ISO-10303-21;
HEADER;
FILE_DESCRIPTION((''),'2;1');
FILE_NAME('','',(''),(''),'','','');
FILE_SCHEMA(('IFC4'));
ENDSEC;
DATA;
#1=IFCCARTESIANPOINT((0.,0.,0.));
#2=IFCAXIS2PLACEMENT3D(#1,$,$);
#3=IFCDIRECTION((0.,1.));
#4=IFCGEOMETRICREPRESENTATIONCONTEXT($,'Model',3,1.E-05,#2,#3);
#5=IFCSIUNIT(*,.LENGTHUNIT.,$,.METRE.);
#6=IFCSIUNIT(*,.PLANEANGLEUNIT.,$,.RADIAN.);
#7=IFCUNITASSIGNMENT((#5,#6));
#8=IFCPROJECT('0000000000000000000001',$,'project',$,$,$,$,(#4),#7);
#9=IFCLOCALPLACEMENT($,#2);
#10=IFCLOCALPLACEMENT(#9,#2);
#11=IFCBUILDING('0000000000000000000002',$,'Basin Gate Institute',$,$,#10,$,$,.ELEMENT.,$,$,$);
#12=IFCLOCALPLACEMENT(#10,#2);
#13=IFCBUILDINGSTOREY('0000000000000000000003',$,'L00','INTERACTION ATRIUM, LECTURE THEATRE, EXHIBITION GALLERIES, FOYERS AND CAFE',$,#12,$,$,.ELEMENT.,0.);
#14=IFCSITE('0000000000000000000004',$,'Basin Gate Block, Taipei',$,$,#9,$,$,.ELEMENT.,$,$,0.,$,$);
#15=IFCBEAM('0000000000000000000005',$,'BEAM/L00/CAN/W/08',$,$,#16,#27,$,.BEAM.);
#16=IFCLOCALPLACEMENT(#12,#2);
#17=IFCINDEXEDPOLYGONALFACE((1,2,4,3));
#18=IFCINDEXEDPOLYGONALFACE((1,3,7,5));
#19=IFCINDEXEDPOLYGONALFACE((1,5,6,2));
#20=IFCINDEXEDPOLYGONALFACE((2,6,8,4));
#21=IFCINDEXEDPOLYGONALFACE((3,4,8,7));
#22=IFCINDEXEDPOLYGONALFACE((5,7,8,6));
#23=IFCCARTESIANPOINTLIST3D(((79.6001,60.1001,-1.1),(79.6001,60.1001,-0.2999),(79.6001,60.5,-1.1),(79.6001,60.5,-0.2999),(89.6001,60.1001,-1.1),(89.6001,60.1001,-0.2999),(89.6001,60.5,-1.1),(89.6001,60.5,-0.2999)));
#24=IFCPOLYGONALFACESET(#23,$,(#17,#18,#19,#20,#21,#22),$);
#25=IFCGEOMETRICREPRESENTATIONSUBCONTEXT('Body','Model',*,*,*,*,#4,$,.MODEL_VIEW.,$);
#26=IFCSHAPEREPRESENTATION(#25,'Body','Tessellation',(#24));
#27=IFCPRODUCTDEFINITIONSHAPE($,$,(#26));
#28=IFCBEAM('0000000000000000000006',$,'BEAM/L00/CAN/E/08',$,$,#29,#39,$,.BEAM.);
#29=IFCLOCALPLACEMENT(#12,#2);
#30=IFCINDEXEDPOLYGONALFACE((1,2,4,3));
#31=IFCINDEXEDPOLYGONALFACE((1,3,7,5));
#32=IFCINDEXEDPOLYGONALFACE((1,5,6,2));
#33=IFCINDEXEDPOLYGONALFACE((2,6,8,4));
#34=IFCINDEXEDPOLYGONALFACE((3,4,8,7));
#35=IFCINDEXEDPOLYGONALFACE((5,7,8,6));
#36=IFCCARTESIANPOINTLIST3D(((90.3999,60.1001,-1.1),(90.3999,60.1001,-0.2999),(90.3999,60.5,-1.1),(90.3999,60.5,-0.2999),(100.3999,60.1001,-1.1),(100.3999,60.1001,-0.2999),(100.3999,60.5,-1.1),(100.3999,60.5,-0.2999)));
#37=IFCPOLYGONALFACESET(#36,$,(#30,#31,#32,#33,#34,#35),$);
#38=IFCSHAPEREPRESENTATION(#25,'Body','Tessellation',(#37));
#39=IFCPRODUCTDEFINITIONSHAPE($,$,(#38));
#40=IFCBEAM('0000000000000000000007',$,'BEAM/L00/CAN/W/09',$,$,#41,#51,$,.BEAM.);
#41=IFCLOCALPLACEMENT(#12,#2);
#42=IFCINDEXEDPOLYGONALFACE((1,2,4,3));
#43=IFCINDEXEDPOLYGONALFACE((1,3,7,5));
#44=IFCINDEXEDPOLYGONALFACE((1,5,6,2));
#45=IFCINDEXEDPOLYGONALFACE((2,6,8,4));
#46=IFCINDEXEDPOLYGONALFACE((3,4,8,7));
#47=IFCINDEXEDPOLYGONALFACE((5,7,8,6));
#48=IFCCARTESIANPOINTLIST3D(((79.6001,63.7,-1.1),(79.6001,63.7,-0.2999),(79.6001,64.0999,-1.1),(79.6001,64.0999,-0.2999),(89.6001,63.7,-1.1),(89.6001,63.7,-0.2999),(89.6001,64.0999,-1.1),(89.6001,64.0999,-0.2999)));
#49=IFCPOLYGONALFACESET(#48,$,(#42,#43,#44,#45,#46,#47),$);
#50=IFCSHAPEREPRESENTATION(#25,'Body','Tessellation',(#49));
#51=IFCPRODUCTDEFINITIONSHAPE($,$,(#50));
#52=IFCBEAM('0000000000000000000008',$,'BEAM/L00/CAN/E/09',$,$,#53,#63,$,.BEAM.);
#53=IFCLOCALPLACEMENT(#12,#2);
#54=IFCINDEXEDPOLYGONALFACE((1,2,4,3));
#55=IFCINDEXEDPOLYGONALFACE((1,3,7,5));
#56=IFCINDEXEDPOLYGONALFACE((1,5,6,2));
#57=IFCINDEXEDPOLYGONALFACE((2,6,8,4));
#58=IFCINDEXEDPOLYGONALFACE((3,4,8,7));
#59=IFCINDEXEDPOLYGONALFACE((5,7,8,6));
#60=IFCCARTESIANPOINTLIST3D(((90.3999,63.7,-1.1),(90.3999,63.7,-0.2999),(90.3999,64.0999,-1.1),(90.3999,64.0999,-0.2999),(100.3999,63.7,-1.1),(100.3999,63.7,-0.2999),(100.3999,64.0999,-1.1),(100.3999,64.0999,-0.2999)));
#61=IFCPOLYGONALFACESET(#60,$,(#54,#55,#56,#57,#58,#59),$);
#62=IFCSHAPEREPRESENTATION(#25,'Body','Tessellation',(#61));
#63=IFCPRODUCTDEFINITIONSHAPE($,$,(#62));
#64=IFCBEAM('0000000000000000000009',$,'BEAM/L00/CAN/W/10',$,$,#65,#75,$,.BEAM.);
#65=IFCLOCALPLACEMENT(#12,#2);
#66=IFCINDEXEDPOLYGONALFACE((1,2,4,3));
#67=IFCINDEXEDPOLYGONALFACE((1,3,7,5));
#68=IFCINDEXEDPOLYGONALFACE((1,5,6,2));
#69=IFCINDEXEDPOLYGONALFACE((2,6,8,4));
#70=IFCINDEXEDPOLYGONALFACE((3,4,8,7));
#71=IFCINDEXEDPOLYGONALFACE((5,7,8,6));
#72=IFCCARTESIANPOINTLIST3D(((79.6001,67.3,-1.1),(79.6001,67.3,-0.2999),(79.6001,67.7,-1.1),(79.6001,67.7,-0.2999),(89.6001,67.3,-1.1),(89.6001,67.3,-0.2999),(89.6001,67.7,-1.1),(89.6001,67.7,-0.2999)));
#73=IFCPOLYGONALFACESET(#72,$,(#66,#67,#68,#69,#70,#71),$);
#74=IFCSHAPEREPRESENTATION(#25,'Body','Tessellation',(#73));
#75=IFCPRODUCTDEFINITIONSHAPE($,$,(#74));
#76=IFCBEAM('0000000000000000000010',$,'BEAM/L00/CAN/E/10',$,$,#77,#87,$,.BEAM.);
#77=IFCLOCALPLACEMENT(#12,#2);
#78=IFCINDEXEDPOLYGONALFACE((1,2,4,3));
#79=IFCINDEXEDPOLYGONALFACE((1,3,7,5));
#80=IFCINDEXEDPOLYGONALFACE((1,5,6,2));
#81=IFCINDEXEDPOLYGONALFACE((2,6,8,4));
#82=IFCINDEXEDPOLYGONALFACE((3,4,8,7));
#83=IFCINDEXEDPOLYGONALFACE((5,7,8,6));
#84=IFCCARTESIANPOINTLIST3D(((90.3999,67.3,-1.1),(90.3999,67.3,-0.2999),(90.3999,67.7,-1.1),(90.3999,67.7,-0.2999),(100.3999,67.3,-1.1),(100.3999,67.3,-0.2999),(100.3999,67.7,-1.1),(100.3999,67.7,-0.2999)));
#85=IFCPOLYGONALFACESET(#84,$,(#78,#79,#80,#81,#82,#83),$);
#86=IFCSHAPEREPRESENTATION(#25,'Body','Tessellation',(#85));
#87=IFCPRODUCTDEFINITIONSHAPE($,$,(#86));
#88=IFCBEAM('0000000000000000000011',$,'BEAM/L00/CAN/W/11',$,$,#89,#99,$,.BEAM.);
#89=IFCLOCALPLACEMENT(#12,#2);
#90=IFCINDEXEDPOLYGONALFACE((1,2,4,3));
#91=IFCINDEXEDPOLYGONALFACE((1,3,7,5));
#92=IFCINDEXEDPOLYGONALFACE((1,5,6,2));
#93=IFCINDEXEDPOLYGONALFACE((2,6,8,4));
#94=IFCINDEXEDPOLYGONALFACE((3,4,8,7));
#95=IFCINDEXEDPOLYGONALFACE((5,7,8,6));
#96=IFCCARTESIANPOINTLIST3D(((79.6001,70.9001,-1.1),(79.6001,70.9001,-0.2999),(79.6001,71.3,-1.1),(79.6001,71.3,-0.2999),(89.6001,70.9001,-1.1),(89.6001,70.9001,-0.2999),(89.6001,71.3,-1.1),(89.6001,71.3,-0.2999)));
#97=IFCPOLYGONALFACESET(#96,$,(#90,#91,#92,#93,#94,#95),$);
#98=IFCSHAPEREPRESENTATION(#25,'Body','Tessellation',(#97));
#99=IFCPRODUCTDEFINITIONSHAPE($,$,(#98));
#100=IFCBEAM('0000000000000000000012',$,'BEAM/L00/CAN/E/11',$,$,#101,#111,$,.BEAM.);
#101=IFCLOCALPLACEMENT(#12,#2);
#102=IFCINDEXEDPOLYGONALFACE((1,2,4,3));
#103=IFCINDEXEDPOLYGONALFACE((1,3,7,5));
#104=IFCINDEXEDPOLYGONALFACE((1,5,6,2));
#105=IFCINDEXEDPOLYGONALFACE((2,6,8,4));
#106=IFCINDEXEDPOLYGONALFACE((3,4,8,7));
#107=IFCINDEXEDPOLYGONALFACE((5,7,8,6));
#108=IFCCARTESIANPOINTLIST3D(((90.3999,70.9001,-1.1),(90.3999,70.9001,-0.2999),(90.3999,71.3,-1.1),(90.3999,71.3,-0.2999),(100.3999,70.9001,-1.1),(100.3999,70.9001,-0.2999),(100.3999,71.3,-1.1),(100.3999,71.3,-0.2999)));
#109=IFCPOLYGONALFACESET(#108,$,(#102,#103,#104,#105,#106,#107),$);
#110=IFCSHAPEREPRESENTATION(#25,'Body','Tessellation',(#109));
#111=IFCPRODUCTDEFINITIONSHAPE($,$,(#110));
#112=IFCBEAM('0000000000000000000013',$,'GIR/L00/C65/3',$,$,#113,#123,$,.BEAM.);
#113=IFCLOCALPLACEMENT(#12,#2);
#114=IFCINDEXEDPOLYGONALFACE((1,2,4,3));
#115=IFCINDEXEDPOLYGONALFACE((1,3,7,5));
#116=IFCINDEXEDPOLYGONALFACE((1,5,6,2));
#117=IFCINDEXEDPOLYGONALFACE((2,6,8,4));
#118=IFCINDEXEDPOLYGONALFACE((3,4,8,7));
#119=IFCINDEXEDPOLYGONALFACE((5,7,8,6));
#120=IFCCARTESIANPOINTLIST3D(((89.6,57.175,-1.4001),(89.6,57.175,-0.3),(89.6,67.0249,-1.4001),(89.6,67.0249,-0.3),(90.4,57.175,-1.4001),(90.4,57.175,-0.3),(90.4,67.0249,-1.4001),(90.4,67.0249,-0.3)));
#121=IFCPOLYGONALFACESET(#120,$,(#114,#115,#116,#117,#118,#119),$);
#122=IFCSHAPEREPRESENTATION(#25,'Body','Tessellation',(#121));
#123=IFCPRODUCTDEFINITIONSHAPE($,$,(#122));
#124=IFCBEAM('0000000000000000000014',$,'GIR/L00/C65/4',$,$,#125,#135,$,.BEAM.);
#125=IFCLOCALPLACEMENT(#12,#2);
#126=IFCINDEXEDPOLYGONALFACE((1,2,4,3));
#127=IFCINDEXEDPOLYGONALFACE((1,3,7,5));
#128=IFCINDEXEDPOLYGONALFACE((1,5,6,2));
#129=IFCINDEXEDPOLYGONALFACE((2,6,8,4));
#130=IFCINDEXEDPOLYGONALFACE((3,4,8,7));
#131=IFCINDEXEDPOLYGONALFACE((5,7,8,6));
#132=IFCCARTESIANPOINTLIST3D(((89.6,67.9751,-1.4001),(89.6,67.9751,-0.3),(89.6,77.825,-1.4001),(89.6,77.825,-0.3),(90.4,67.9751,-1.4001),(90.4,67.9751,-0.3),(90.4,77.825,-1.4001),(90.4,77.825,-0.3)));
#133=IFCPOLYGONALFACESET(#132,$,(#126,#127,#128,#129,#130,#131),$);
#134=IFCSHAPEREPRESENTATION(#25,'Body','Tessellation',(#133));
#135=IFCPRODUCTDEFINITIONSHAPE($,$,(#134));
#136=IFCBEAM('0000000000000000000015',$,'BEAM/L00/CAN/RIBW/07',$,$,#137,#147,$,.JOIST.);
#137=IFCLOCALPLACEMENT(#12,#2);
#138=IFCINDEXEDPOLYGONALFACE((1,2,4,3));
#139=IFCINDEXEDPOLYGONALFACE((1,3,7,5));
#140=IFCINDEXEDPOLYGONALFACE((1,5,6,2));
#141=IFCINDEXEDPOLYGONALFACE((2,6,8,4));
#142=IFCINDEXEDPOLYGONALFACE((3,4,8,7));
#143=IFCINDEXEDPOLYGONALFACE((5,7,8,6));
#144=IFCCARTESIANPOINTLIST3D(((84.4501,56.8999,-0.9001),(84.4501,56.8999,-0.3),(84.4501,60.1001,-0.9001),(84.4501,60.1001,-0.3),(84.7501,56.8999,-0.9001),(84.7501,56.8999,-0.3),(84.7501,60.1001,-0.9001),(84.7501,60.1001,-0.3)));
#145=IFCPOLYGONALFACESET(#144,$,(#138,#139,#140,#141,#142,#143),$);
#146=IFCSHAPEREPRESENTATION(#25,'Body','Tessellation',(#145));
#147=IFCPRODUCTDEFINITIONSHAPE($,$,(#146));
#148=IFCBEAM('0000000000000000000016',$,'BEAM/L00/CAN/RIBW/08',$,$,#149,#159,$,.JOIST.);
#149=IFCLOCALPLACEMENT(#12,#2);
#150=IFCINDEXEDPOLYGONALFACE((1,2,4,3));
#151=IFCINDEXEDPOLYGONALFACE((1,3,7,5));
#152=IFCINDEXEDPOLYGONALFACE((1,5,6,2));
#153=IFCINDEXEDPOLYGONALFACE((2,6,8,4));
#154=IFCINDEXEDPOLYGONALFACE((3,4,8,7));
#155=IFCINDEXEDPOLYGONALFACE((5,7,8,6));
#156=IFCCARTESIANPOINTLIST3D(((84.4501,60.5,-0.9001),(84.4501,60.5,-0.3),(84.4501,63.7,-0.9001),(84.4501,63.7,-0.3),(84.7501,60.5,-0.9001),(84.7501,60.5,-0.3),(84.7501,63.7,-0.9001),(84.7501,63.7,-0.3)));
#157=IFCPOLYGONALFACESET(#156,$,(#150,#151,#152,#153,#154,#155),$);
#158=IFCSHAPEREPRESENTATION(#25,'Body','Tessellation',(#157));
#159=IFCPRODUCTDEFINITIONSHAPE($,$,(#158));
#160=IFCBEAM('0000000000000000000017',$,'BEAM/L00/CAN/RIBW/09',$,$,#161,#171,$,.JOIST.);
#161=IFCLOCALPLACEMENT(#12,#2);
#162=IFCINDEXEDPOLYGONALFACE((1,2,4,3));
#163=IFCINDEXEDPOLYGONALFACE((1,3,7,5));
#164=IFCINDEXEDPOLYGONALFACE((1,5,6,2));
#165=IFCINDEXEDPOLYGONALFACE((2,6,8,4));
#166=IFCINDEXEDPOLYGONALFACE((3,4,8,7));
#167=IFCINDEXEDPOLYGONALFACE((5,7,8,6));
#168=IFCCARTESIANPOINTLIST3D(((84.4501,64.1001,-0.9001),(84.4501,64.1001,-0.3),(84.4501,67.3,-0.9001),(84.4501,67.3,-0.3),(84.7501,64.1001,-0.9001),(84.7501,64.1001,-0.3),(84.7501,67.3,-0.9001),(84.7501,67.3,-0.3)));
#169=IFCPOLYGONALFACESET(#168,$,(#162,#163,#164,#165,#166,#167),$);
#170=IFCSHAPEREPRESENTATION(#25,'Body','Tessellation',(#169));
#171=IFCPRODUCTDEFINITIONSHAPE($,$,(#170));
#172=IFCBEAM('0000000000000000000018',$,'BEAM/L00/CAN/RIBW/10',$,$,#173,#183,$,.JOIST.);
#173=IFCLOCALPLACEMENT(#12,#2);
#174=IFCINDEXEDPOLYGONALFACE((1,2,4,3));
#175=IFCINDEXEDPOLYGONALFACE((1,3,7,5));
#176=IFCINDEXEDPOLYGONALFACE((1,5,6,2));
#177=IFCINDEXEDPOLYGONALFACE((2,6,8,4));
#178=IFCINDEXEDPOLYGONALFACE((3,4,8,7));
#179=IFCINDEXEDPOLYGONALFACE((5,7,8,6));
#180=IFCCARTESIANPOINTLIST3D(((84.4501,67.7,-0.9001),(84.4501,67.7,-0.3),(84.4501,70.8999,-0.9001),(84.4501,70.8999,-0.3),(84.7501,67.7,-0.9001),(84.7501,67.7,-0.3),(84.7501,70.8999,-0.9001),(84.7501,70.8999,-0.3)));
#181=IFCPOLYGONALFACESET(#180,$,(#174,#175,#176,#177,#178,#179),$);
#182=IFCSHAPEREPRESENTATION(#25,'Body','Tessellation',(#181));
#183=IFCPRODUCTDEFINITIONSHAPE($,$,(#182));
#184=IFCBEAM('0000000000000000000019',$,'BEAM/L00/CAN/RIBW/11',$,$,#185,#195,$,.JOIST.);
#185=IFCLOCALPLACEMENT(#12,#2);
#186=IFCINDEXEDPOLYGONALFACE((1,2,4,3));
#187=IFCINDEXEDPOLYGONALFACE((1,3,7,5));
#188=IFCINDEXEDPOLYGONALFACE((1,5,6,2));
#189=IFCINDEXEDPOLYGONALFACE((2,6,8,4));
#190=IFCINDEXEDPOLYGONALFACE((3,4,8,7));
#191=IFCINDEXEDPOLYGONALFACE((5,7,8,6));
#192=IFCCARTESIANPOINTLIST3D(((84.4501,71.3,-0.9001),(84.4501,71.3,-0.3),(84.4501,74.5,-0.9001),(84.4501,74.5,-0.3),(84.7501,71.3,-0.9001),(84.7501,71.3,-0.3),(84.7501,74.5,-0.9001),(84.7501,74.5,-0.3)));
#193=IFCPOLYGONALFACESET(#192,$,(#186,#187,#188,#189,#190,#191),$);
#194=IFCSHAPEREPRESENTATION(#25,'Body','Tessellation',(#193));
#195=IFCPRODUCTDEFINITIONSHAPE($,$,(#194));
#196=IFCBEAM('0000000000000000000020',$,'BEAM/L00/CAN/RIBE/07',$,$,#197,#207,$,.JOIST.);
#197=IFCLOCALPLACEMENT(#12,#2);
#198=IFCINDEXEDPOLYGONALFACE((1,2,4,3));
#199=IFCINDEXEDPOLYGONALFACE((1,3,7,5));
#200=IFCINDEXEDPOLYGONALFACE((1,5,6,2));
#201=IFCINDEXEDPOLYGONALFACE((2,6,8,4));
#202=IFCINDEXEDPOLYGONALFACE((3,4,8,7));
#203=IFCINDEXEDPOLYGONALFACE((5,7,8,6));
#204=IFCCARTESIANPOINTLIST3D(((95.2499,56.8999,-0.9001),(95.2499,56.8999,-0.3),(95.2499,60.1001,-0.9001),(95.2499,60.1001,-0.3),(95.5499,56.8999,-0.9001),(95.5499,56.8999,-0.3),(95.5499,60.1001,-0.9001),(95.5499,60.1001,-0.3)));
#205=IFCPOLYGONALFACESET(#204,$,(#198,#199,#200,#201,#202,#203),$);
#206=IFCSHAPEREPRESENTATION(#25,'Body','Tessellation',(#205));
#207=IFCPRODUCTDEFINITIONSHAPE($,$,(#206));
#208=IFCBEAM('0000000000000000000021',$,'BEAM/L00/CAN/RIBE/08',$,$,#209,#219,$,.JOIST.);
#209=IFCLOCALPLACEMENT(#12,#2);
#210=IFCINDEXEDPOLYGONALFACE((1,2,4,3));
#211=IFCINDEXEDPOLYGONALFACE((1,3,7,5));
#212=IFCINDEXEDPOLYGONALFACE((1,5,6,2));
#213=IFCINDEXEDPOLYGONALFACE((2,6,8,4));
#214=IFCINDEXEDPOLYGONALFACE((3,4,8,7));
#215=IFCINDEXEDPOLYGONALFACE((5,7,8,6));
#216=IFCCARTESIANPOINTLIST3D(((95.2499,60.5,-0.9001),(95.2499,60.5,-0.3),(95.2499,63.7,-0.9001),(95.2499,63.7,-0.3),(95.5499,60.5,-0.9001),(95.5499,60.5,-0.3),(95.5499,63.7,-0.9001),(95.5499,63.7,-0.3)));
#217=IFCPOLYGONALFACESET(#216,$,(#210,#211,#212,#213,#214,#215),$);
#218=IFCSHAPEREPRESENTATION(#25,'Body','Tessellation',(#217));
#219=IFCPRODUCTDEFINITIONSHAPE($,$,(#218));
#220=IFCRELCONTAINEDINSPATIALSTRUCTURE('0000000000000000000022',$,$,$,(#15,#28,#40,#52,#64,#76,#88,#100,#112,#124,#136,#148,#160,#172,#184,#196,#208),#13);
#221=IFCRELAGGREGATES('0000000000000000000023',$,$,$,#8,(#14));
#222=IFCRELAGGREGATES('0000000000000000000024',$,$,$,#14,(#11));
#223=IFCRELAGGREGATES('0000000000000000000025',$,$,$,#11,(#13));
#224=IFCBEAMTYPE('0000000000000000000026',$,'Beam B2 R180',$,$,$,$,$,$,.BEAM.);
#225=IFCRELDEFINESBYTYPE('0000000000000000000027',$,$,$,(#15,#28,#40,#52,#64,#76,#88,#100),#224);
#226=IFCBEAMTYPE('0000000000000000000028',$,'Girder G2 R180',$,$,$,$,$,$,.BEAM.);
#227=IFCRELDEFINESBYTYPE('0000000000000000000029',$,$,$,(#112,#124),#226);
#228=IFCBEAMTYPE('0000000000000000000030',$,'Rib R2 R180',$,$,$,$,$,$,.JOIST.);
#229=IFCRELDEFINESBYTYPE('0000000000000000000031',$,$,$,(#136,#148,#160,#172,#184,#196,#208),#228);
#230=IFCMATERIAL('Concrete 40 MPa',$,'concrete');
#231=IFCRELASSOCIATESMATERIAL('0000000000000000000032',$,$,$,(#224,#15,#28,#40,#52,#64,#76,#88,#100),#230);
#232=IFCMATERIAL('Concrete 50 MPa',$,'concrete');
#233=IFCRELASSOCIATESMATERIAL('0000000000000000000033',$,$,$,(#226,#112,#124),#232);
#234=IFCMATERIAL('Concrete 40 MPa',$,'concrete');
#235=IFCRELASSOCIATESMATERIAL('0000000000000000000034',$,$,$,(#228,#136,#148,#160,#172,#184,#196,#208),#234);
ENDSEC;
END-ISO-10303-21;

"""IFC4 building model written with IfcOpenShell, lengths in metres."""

from ifc_helpers import new_model, si_unit, direction, frame, origin, origin_2d, place, context, subcontext, project, spatial, rectangle, extrude, material, material_profile, profile_set, type_object, element, save


model = new_model("IFC4")

# Units and contexts
model_context = context("Model", 3, precision=1e-05, world=origin(), true_north=direction((0.0, 1.0)))
body_context = subcontext(model_context, "Body", "Model", "MODEL_VIEW")
ifc_project = project(units=[si_unit("LENGTHUNIT", "METRE"), si_unit("PLANEANGLEUNIT", "RADIAN")], contexts=[model_context])

# Site, building, storey
site_placement = place(None, origin())
site = spatial("IfcSite", under=ifc_project, at=site_placement, Name="Basin Gate Block, Taipei", CompositionType="ELEMENT", RefElevation=0.0)
building_placement = place(site_placement, origin())
building = spatial("IfcBuilding", under=site, at=building_placement, Name="Basin Gate Institute", CompositionType="ELEMENT")
storey_placement = place(building_placement, origin())
storey = spatial("IfcBuildingStorey", under=building, at=storey_placement, Name="L00", Description="INTERACTION ATRIUM, LECTURE THEATRE, EXHIBITION GALLERIES, FOYERS AND CAFE", CompositionType="ELEMENT", Elevation=0.0)

# Beams
ifc_material_1 = material(Name="Concrete 40 MPa", Category="concrete")
ifc_material_profile_1 = material_profile(ifc_material_1, rectangle(XDim=0.3999, YDim=0.8, at=origin_2d()), Name="Beam B2 400 x 800")
ifc_profile_set_1 = profile_set([ifc_material_profile_1], Name="Concrete 40 MPa")
beam_type_1 = type_object("IfcBeamType", Name="Beam B2 R180", PredefinedType="BEAM", material=ifc_profile_set_1)
for number, where, z_axis, x_axis, name in (
    (1, (79.6001, 60.3, -0.7), (1.0, 0.0, 0.0), (0.0, 1.0, 0.0), "BEAM/L00/CAN/W/08"),
    (2, (90.3999, 60.3, -0.7), (1.0, 0.0, 0.0), (0.0, 1.0, 0.0), "BEAM/L00/CAN/E/08"),
    (3, (79.6001, 63.8999, -0.7), (1.0, 0.0, 0.0), (0.0, 1.0, 0.0), "BEAM/L00/CAN/W/09"),
    (4, (90.3999, 63.8999, -0.7), (1.0, 0.0, 0.0), (0.0, 1.0, 0.0), "BEAM/L00/CAN/E/09"),
    (5, (79.6001, 67.5, -0.7), (1.0, 0.0, 0.0), (0.0, 1.0, 0.0), "BEAM/L00/CAN/W/10"),
    (6, (90.3999, 67.5, -0.7), (1.0, 0.0, 0.0), (0.0, 1.0, 0.0), "BEAM/L00/CAN/E/10"),
    (7, (79.6001, 71.1001, -0.7), (1.0, 0.0, 0.0), (0.0, 1.0, 0.0), "BEAM/L00/CAN/W/11"),
    (8, (90.3999, 71.1001, -0.7), (1.0, 0.0, 0.0), (0.0, 1.0, 0.0), "BEAM/L00/CAN/E/11"),
):
    element("IfcBeam", number, at=place(storey_placement, frame(where, z_axis=z_axis, x_axis=x_axis)), inside=storey, type_object=beam_type_1, material=ifc_profile_set_1, Name=name, PredefinedType="BEAM", context=body_context, shape_type="SweptSolid", body=[
        extrude(rectangle(XDim=0.3999, YDim=0.8, at=origin_2d()), origin(), (0.0, 0.0, 1.0), 10.0),
    ])
ifc_material_2 = material(Name="Concrete 50 MPa", Category="concrete")
ifc_material_profile_2 = material_profile(ifc_material_2, rectangle(XDim=0.8, YDim=1.1001, at=origin_2d()), Name="Girder G2 800 x 1100")
ifc_profile_set_2 = profile_set([ifc_material_profile_2], Name="Concrete 50 MPa")
beam_type_2 = type_object("IfcBeamType", Name="Girder G2 R180", PredefinedType="BEAM", material=ifc_profile_set_2)
for number, where, z_axis, x_axis, name in (
    (9, (90.0, 57.175, -0.8501), (0.0, 1.0, 0.0), (-1.0, 0.0, 0.0), "GIR/L00/C65/3"),
    (10, (90.0, 67.9751, -0.8501), (0.0, 1.0, 0.0), (-1.0, 0.0, 0.0), "GIR/L00/C65/4"),
):
    element("IfcBeam", number, at=place(storey_placement, frame(where, z_axis=z_axis, x_axis=x_axis)), inside=storey, type_object=beam_type_2, material=ifc_profile_set_2, Name=name, PredefinedType="BEAM", context=body_context, shape_type="SweptSolid", body=[
        extrude(rectangle(XDim=0.8, YDim=1.1001, at=origin_2d()), origin(), (0.0, 0.0, 1.0), 9.8499),
    ])
ifc_material_3 = material(Name="Concrete 40 MPa", Category="concrete")
ifc_material_profile_3 = material_profile(ifc_material_3, rectangle(XDim=0.3, YDim=0.6001, at=origin_2d()), Name="Rib R2 300 x 600")
ifc_profile_set_3 = profile_set([ifc_material_profile_3], Name="Concrete 40 MPa")
beam_type_3 = type_object("IfcBeamType", Name="Rib R2 R180", PredefinedType="JOIST", material=ifc_profile_set_3)
beam_1_placement = place(storey_placement, frame((84.6001, 56.8999, -0.6001), z_axis=(0.0, 1.0, 0.0), x_axis=(-1.0, 0.0, 0.0)))
element("IfcBeam", 11, at=beam_1_placement, inside=storey, type_object=beam_type_3, material=ifc_profile_set_3, Name="BEAM/L00/CAN/RIBW/07", PredefinedType="JOIST", context=body_context, shape_type="SweptSolid", body=[
    extrude(rectangle(XDim=0.3, YDim=0.6001, at=origin_2d()), origin(), (0.0, 0.0, 1.0), 3.2002),
])
for number, where, z_axis, x_axis, name in (
    (12, (84.6001, 60.5, -0.6001), (0.0, 1.0, 0.0), (-1.0, 0.0, 0.0), "BEAM/L00/CAN/RIBW/08"),
    (13, (84.6001, 64.1001, -0.6001), (0.0, 1.0, 0.0), (-1.0, 0.0, 0.0), "BEAM/L00/CAN/RIBW/09"),
    (14, (84.6001, 67.7, -0.6001), (0.0, 1.0, 0.0), (-1.0, 0.0, 0.0), "BEAM/L00/CAN/RIBW/10"),
    (15, (84.6001, 71.3, -0.6001), (0.0, 1.0, 0.0), (-1.0, 0.0, 0.0), "BEAM/L00/CAN/RIBW/11"),
):
    element("IfcBeam", number, at=place(storey_placement, frame(where, z_axis=z_axis, x_axis=x_axis)), inside=storey, type_object=beam_type_3, material=ifc_profile_set_3, Name=name, PredefinedType="JOIST", context=body_context, shape_type="SweptSolid", body=[
        extrude(rectangle(XDim=0.3, YDim=0.6001, at=origin_2d()), origin(), (0.0, 0.0, 1.0), 3.2),
    ])
beam_2_placement = place(storey_placement, frame((95.3999, 56.8999, -0.6001), z_axis=(0.0, 1.0, 0.0), x_axis=(-1.0, 0.0, 0.0)))
element("IfcBeam", 16, at=beam_2_placement, inside=storey, type_object=beam_type_3, material=ifc_profile_set_3, Name="BEAM/L00/CAN/RIBE/07", PredefinedType="JOIST", context=body_context, shape_type="SweptSolid", body=[
    extrude(rectangle(XDim=0.3, YDim=0.6001, at=origin_2d()), origin(), (0.0, 0.0, 1.0), 3.2002),
])
for number, where, z_axis, x_axis, name in (
    (17, (95.3999, 60.5, -0.6001), (0.0, 1.0, 0.0), (-1.0, 0.0, 0.0), "BEAM/L00/CAN/RIBE/08"),
):
    element("IfcBeam", number, at=place(storey_placement, frame(where, z_axis=z_axis, x_axis=x_axis)), inside=storey, type_object=beam_type_3, material=ifc_profile_set_3, Name=name, PredefinedType="JOIST", context=body_context, shape_type="SweptSolid", body=[
        extrude(rectangle(XDim=0.3, YDim=0.6001, at=origin_2d()), origin(), (0.0, 0.0, 1.0), 3.2),
    ])

save(model, "model.ifc")
